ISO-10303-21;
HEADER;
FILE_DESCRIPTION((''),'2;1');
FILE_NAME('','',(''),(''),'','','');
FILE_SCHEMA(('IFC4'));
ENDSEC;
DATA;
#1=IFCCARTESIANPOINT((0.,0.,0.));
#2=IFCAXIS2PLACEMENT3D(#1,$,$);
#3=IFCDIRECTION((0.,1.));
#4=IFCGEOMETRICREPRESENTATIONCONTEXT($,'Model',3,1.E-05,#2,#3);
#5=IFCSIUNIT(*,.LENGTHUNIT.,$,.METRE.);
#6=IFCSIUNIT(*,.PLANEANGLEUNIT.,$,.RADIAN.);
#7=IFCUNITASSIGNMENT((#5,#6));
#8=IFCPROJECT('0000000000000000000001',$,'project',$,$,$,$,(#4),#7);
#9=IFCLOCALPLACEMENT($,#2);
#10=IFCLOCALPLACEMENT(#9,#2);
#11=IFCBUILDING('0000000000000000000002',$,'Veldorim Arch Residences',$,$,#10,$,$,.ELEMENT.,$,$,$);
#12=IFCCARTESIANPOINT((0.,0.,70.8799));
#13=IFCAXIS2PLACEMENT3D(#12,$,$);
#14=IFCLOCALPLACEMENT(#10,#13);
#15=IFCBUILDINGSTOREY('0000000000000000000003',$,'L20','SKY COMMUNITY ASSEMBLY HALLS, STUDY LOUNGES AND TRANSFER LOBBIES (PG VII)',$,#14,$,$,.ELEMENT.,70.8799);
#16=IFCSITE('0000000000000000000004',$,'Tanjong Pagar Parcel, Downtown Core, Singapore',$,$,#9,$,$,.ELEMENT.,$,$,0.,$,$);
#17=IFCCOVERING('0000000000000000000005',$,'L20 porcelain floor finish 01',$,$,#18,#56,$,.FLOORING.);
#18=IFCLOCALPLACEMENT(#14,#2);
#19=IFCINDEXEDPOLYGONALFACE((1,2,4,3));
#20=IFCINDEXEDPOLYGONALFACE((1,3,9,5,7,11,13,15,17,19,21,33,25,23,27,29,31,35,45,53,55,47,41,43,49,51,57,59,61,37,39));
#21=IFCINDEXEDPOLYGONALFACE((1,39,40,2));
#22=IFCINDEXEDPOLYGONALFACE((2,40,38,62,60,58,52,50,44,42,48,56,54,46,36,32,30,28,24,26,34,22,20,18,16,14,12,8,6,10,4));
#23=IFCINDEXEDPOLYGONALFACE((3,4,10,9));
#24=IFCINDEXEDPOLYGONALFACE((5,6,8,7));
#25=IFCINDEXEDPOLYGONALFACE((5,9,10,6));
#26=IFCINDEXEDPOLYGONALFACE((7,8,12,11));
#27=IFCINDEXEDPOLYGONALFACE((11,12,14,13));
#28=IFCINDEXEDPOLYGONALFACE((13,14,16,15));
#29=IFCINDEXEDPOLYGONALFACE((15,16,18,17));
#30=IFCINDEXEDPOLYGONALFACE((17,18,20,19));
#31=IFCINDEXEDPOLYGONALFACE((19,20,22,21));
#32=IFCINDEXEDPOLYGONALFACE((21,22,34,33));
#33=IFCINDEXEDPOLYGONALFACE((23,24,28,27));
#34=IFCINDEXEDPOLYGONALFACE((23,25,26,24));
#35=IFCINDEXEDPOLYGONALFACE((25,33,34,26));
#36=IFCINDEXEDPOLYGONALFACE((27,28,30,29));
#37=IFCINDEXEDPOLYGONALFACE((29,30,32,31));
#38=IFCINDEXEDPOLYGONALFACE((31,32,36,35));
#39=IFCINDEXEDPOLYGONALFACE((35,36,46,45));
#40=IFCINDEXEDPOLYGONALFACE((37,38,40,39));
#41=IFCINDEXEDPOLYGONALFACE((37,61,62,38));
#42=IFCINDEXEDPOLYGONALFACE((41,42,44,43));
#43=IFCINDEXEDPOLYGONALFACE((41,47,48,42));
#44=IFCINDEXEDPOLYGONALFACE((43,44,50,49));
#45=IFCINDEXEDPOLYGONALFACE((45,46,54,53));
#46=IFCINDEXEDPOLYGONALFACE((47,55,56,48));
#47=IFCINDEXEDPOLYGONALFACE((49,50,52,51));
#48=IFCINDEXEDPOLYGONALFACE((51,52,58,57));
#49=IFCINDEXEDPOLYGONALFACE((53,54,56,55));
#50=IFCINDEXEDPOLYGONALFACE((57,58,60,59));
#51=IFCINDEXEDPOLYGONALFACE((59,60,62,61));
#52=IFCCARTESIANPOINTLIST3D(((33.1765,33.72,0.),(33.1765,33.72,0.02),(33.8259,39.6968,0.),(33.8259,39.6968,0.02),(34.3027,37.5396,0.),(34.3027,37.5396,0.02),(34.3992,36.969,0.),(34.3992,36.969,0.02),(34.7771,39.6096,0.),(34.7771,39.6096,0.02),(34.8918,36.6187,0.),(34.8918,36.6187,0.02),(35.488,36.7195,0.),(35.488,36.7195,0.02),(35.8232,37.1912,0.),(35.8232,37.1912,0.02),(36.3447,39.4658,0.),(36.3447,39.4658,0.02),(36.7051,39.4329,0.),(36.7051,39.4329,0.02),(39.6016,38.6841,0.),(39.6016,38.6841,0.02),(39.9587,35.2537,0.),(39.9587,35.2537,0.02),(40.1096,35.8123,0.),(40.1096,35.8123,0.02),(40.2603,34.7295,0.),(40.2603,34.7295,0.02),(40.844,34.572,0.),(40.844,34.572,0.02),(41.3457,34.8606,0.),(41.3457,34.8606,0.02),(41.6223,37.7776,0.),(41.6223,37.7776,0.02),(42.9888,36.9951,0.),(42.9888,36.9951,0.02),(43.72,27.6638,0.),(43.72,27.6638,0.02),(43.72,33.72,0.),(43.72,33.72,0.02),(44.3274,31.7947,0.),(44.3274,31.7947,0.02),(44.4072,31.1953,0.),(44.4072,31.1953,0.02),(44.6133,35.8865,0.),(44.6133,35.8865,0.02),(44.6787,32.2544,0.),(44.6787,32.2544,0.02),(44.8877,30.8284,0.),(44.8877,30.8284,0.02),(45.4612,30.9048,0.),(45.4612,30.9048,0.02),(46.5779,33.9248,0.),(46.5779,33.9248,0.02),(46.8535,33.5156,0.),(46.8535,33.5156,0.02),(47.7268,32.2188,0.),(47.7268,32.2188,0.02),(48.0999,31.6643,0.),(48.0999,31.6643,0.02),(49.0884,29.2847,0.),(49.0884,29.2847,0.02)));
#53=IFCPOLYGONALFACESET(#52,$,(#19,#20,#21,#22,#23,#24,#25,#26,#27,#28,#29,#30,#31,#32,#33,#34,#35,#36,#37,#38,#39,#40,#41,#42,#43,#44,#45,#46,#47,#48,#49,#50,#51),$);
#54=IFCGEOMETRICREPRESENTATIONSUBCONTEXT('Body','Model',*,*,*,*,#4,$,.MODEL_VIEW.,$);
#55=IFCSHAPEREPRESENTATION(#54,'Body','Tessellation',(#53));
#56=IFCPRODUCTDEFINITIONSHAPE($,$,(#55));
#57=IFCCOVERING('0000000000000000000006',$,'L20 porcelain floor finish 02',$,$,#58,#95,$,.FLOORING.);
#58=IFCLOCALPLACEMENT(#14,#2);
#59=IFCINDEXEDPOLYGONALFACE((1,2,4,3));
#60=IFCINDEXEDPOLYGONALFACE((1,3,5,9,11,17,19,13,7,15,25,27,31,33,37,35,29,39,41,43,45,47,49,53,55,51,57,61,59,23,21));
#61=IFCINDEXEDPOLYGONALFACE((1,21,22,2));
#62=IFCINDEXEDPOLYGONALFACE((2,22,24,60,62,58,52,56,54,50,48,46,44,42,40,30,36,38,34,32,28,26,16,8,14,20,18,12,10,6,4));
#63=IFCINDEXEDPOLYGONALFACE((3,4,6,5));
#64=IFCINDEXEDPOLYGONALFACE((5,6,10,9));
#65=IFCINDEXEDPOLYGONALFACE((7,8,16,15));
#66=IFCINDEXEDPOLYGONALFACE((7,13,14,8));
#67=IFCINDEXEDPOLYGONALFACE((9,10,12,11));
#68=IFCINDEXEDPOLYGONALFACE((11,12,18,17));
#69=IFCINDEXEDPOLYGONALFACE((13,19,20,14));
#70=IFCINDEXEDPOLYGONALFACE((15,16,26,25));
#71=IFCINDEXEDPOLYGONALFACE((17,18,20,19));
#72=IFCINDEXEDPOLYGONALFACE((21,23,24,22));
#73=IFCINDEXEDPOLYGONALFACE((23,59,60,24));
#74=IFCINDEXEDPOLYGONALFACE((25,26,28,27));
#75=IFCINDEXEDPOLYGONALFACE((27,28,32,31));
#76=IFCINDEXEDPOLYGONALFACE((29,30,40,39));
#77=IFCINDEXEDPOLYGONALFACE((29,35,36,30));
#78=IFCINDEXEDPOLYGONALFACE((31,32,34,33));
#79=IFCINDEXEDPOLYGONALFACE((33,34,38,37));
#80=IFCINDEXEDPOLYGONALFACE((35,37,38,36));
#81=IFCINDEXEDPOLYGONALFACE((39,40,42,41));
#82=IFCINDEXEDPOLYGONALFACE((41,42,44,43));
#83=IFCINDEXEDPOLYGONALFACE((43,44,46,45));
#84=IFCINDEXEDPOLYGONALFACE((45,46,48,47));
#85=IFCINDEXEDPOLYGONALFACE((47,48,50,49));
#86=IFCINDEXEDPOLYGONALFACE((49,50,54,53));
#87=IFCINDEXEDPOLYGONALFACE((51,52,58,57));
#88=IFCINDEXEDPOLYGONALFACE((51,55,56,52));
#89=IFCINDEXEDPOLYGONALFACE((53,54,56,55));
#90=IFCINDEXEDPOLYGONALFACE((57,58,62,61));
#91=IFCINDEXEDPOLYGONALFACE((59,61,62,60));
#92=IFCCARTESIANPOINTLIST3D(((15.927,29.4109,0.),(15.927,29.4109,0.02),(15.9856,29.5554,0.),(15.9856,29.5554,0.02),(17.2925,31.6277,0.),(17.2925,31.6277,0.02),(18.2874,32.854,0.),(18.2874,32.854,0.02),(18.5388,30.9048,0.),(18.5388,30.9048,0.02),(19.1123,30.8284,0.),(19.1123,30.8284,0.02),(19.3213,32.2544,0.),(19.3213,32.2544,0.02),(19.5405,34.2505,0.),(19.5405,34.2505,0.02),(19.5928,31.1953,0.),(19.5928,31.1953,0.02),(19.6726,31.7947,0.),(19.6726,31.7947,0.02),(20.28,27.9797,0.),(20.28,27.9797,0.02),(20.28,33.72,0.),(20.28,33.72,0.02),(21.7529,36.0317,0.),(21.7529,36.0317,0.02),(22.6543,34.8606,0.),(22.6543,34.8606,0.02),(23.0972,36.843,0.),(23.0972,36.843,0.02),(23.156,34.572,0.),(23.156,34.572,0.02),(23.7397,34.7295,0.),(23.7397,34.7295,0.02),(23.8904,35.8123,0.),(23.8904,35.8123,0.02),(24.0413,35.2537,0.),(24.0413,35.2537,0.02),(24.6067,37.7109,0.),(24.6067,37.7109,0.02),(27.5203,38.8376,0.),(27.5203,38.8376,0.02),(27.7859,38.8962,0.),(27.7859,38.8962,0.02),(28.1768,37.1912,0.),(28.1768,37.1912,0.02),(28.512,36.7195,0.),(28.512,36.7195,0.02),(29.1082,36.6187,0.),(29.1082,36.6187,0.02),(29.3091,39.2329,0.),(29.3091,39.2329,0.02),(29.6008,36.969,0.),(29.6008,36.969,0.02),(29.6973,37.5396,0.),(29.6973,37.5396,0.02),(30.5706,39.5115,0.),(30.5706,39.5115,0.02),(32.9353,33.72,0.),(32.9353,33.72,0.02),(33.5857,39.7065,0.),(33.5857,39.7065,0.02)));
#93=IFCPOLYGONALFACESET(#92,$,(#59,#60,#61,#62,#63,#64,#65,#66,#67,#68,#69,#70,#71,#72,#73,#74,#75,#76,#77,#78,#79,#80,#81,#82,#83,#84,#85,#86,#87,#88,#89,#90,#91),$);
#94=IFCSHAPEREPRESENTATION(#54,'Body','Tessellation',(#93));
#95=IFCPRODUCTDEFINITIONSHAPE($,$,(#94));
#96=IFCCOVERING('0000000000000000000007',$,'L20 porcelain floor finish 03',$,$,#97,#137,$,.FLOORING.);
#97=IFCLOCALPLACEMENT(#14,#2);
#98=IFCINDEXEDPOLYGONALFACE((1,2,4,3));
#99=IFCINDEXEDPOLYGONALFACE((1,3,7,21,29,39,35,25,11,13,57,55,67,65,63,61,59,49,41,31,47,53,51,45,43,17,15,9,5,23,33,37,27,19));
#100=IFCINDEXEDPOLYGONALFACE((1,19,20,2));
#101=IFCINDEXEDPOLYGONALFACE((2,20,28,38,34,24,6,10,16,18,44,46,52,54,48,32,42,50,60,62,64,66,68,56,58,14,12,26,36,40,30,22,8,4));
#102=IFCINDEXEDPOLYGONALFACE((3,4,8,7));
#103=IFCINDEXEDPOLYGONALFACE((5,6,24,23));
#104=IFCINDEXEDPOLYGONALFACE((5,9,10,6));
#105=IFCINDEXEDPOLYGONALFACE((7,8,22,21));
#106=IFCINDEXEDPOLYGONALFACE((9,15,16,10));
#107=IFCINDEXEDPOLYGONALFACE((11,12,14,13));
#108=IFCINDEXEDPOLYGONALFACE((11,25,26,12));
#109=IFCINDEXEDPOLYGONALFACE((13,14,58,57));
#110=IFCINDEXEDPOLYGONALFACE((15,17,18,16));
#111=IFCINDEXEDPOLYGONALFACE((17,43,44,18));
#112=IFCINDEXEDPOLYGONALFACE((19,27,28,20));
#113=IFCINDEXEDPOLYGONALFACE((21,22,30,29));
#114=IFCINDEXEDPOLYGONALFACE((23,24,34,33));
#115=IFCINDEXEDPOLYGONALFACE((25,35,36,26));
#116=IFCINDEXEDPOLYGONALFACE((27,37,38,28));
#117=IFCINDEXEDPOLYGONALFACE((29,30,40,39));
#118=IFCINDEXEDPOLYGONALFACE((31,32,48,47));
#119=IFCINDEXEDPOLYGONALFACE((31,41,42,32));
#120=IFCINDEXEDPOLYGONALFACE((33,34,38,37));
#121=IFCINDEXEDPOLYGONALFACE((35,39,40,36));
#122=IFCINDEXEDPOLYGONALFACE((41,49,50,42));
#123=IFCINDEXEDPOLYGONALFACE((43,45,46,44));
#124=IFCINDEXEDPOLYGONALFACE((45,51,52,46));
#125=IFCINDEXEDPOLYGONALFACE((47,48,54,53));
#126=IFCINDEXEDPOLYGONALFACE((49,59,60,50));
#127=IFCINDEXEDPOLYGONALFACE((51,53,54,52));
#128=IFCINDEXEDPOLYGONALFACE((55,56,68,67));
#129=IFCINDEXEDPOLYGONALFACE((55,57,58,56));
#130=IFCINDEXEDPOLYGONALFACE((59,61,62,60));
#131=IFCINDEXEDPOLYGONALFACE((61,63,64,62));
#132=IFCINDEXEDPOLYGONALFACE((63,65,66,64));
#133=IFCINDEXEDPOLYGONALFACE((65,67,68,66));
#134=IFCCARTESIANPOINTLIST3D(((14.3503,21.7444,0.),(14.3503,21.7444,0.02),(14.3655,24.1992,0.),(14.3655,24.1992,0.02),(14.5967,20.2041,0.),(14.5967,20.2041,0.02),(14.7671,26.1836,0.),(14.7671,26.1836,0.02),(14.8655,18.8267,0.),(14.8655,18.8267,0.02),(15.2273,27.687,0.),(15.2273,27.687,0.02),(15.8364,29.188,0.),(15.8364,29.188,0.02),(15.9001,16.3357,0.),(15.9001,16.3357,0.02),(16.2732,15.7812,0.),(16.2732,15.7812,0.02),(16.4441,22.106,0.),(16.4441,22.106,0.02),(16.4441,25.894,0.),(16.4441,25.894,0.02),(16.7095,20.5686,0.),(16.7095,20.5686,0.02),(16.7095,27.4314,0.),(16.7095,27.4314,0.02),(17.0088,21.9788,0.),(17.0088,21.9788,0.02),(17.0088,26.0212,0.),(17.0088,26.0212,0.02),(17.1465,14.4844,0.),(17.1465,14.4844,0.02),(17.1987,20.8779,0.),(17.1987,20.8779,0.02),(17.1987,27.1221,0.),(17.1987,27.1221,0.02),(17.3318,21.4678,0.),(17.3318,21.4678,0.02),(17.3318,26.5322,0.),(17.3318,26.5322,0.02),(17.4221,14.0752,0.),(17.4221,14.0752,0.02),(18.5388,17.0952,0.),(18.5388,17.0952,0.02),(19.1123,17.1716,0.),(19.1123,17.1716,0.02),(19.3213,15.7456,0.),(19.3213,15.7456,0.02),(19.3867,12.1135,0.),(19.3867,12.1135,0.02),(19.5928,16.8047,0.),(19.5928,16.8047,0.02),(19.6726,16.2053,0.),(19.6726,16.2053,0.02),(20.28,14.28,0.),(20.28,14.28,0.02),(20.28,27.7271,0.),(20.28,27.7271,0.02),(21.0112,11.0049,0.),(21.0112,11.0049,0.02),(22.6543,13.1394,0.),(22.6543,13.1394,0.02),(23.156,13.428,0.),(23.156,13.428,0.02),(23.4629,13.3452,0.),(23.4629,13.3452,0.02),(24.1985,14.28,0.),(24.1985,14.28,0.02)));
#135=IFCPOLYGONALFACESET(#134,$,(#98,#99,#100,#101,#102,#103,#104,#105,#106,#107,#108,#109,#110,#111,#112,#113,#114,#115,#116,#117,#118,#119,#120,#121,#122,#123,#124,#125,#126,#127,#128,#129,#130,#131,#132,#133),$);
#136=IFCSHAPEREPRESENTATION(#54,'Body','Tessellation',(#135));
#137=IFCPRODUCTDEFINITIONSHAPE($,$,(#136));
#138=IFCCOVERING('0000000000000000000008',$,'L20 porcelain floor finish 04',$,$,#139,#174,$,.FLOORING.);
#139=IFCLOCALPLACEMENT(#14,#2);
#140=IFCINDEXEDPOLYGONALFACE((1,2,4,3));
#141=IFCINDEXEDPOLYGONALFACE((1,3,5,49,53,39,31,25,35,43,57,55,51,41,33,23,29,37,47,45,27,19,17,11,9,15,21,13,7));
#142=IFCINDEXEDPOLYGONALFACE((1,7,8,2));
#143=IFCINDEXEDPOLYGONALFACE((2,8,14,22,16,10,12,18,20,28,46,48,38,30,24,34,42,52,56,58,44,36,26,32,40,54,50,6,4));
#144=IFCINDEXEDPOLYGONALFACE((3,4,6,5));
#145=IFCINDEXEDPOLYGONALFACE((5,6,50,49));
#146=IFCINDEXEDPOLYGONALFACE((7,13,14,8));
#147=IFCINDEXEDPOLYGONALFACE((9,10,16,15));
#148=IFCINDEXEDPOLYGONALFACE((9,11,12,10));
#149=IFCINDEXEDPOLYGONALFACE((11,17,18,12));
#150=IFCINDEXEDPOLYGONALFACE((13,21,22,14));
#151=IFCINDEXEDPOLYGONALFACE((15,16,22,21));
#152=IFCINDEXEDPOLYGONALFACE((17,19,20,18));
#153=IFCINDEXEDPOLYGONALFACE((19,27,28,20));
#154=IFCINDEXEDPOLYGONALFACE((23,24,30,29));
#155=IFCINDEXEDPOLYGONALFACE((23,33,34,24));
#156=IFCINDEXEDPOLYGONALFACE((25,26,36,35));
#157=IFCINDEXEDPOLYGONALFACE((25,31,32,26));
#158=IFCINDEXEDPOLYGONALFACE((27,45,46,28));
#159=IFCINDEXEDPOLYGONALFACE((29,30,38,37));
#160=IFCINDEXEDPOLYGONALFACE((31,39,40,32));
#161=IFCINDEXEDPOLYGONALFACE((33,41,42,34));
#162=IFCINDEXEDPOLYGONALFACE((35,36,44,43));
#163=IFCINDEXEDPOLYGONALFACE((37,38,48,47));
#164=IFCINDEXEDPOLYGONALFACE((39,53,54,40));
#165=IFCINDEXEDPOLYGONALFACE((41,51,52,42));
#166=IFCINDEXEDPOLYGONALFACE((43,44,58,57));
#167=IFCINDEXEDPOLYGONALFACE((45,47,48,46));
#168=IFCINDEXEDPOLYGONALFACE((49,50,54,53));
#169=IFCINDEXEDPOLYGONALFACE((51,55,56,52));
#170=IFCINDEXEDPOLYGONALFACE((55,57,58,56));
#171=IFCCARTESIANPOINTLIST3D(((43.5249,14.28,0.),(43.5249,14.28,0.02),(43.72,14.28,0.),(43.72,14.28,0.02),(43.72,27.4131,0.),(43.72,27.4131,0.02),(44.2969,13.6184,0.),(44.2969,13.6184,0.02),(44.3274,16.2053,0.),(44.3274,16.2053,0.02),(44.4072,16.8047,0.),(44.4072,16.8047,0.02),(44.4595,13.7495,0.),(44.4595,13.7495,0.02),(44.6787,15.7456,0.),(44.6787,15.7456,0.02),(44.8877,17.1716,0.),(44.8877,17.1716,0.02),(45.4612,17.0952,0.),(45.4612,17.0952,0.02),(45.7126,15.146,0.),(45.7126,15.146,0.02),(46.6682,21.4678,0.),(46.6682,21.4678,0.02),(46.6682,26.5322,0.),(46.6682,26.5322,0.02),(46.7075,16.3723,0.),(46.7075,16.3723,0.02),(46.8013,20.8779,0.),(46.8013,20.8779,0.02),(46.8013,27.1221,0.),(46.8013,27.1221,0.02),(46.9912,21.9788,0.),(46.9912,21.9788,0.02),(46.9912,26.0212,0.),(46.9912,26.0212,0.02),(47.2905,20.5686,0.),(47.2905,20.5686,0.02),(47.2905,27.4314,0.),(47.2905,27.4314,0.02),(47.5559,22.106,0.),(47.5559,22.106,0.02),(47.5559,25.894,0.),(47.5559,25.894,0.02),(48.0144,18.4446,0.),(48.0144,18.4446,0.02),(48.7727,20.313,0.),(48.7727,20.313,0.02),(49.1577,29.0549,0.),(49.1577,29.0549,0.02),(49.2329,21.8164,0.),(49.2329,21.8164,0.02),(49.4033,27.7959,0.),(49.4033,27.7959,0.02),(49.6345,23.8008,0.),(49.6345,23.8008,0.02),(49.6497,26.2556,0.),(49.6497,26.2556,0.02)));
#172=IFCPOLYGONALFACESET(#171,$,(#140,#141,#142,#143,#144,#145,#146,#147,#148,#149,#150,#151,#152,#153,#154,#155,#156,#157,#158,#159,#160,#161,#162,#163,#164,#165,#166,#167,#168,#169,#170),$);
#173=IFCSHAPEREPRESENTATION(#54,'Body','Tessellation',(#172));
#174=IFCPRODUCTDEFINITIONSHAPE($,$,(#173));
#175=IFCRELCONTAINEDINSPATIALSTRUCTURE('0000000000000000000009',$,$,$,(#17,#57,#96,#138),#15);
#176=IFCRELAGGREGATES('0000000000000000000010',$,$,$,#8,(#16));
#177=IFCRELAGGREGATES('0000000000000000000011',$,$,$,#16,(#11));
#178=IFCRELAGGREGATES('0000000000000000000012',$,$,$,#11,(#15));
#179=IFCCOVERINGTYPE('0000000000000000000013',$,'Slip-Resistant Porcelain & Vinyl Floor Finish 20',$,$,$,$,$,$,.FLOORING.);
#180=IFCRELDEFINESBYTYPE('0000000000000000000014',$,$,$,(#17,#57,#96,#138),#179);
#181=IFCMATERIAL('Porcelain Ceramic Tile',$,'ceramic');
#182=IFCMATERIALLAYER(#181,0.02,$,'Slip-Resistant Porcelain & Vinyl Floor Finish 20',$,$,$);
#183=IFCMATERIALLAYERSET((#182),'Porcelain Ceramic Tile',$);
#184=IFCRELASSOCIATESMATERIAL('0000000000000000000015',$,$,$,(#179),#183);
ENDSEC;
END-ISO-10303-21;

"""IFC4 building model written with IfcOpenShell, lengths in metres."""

from ifc_helpers import new_model, si_unit, direction, frame, origin, place, context, subcontext, project, spatial, polyline, outline, extrude, material, layer, layer_set, type_object, element, save


model = new_model("IFC4")

# Units and contexts
model_context = context("Model", 3, precision=1e-05, world=origin(), true_north=direction((0.0, 1.0)))
body_context = subcontext(model_context, "Body", "Model", "MODEL_VIEW")
ifc_project = project(units=[si_unit("LENGTHUNIT", "METRE"), si_unit("PLANEANGLEUNIT", "RADIAN")], contexts=[model_context])

# Site, building, storey
site_placement = place(None, origin())
site = spatial("IfcSite", under=ifc_project, at=site_placement, Name="Tanjong Pagar Parcel, Downtown Core, Singapore", CompositionType="ELEMENT", RefElevation=0.0)
building_placement = place(site_placement, origin())
building = spatial("IfcBuilding", under=site, at=building_placement, Name="Veldorim Arch Residences", CompositionType="ELEMENT")
storey_placement = place(building_placement, frame((0.0, 0.0, 70.8799)))
storey = spatial("IfcBuildingStorey", under=building, at=storey_placement, Name="L20", Description="SKY COMMUNITY ASSEMBLY HALLS, STUDY LOUNGES AND TRANSFER LOBBIES (PG VII)", CompositionType="ELEMENT", Elevation=70.8799)

# Coverings
ifc_material_1 = material(Name="Porcelain Ceramic Tile", Category="ceramic")
ifc_layer_1 = layer(ifc_material_1, 0.02, Name="Slip-Resistant Porcelain & Vinyl Floor Finish 20")
ifc_layer_set_1 = layer_set([ifc_layer_1], Name="Porcelain Ceramic Tile")
covering_type_1 = type_object("IfcCoveringType", Name="Slip-Resistant Porcelain & Vinyl Floor Finish 20", PredefinedType="FLOORING", material=ifc_layer_set_1)
covering_1_placement = place(storey_placement, origin())
element("IfcCovering", 1, at=covering_1_placement, inside=storey, type_object=covering_type_1, Name="L20 porcelain floor finish 01", PredefinedType="FLOORING", context=body_context, shape_type="SweptSolid", body=[
    extrude(outline(polyline([(34.3992, 36.969), (34.8918, 36.6187), (35.488, 36.7195), (35.8232, 37.1912), (36.3447, 39.4658), (36.7051, 39.4329), (39.6016, 38.6841), (41.6223, 37.7776), (40.1096, 35.8123), (39.9587, 35.2537), (40.2603, 34.7295), (40.844, 34.572), (41.3457, 34.8606), (42.9888, 36.9951), (44.6133, 35.8865), (46.5779, 33.9248), (46.8535, 33.5156), (44.6787, 32.2544), (44.3274, 31.7947), (44.4072, 31.1953), (44.8877, 30.8284), (45.4612, 30.9048), (47.7268, 32.2188), (48.0999, 31.6643), (49.0884, 29.2847), (43.72, 27.6638), (43.72, 33.72), (33.1765, 33.72), (33.8259, 39.6968), (34.7771, 39.6096), (34.3027, 37.5396), (34.3992, 36.969)])), origin(), (0.0, 0.0, 1.0), 0.02),
])
covering_2_placement = place(storey_placement, origin())
element("IfcCovering", 2, at=covering_2_placement, inside=storey, type_object=covering_type_1, Name="L20 porcelain floor finish 02", PredefinedType="FLOORING", context=body_context, shape_type="SweptSolid", body=[
    extrude(outline(polyline([(18.5388, 30.9048), (19.1123, 30.8284), (19.5928, 31.1953), (19.6726, 31.7947), (19.3213, 32.2544), (18.2874, 32.854), (19.5405, 34.2505), (21.7529, 36.0317), (22.6543, 34.8606), (23.156, 34.572), (23.7397, 34.7295), (24.0413, 35.2537), (23.8904, 35.8123), (23.0972, 36.843), (24.6067, 37.7109), (27.5203, 38.8376), (27.7859, 38.8962), (28.1768, 37.1912), (28.512, 36.7195), (29.1082, 36.6187), (29.6008, 36.969), (29.6973, 37.5396), (29.3091, 39.2329), (30.5706, 39.5115), (33.5857, 39.7065), (32.9353, 33.72), (20.28, 33.72), (20.28, 27.9797), (15.927, 29.4109), (15.9856, 29.5554), (17.2925, 31.6277), (18.5388, 30.9048)])), origin(), (0.0, 0.0, 1.0), 0.02),
])
covering_3_placement = place(storey_placement, origin())
element("IfcCovering", 3, at=covering_3_placement, inside=storey, type_object=covering_type_1, Name="L20 porcelain floor finish 03", PredefinedType="FLOORING", context=body_context, shape_type="SweptSolid", body=[
    extrude(outline(polyline([(21.0112, 11.0049), (19.3867, 12.1135), (17.4221, 14.0752), (17.1465, 14.4844), (19.3213, 15.7456), (19.6726, 16.2053), (19.5928, 16.8047), (19.1123, 17.1716), (18.5388, 17.0952), (16.2732, 15.7812), (15.9001, 16.3357), (14.8655, 18.8267), (14.5967, 20.2041), (16.7095, 20.5686), (17.1987, 20.8779), (17.3318, 21.4678), (17.0088, 21.9788), (16.4441, 22.106), (14.3503, 21.7444), (14.3655, 24.1992), (14.7671, 26.1836), (16.4441, 25.894), (17.0088, 26.0212), (17.3318, 26.5322), (17.1987, 27.1221), (16.7095, 27.4314), (15.2273, 27.687), (15.8364, 29.188), (20.28, 27.7271), (20.28, 14.28), (24.1985, 14.28), (23.4629, 13.3452), (23.156, 13.428), (22.6543, 13.1394), (21.0112, 11.0049)])), origin(), (0.0, 0.0, 1.0), 0.02),
])
covering_4_placement = place(storey_placement, origin())
element("IfcCovering", 4, at=covering_4_placement, inside=storey, type_object=covering_type_1, Name="L20 porcelain floor finish 04", PredefinedType="FLOORING", context=body_context, shape_type="SweptSolid", body=[
    extrude(outline(polyline([(46.8013, 20.8779), (47.2905, 20.5686), (48.7727, 20.313), (48.0144, 18.4446), (46.7075, 16.3723), (45.4612, 17.0952), (44.8877, 17.1716), (44.4072, 16.8047), (44.3274, 16.2053), (44.6787, 15.7456), (45.7126, 15.146), (44.4595, 13.7495), (44.2969, 13.6184), (43.5249, 14.28), (43.72, 14.28), (43.72, 27.4131), (49.1577, 29.0549), (49.4033, 27.7959), (47.2905, 27.4314), (46.8013, 27.1221), (46.6682, 26.5322), (46.9912, 26.0212), (47.5559, 25.894), (49.6497, 26.2556), (49.6345, 23.8008), (49.2329, 21.8164), (47.5559, 22.106), (46.9912, 21.9788), (46.6682, 21.4678), (46.8013, 20.8779)])), origin(), (0.0, 0.0, 1.0), 0.02),
])

save(model, "model.ifc")
